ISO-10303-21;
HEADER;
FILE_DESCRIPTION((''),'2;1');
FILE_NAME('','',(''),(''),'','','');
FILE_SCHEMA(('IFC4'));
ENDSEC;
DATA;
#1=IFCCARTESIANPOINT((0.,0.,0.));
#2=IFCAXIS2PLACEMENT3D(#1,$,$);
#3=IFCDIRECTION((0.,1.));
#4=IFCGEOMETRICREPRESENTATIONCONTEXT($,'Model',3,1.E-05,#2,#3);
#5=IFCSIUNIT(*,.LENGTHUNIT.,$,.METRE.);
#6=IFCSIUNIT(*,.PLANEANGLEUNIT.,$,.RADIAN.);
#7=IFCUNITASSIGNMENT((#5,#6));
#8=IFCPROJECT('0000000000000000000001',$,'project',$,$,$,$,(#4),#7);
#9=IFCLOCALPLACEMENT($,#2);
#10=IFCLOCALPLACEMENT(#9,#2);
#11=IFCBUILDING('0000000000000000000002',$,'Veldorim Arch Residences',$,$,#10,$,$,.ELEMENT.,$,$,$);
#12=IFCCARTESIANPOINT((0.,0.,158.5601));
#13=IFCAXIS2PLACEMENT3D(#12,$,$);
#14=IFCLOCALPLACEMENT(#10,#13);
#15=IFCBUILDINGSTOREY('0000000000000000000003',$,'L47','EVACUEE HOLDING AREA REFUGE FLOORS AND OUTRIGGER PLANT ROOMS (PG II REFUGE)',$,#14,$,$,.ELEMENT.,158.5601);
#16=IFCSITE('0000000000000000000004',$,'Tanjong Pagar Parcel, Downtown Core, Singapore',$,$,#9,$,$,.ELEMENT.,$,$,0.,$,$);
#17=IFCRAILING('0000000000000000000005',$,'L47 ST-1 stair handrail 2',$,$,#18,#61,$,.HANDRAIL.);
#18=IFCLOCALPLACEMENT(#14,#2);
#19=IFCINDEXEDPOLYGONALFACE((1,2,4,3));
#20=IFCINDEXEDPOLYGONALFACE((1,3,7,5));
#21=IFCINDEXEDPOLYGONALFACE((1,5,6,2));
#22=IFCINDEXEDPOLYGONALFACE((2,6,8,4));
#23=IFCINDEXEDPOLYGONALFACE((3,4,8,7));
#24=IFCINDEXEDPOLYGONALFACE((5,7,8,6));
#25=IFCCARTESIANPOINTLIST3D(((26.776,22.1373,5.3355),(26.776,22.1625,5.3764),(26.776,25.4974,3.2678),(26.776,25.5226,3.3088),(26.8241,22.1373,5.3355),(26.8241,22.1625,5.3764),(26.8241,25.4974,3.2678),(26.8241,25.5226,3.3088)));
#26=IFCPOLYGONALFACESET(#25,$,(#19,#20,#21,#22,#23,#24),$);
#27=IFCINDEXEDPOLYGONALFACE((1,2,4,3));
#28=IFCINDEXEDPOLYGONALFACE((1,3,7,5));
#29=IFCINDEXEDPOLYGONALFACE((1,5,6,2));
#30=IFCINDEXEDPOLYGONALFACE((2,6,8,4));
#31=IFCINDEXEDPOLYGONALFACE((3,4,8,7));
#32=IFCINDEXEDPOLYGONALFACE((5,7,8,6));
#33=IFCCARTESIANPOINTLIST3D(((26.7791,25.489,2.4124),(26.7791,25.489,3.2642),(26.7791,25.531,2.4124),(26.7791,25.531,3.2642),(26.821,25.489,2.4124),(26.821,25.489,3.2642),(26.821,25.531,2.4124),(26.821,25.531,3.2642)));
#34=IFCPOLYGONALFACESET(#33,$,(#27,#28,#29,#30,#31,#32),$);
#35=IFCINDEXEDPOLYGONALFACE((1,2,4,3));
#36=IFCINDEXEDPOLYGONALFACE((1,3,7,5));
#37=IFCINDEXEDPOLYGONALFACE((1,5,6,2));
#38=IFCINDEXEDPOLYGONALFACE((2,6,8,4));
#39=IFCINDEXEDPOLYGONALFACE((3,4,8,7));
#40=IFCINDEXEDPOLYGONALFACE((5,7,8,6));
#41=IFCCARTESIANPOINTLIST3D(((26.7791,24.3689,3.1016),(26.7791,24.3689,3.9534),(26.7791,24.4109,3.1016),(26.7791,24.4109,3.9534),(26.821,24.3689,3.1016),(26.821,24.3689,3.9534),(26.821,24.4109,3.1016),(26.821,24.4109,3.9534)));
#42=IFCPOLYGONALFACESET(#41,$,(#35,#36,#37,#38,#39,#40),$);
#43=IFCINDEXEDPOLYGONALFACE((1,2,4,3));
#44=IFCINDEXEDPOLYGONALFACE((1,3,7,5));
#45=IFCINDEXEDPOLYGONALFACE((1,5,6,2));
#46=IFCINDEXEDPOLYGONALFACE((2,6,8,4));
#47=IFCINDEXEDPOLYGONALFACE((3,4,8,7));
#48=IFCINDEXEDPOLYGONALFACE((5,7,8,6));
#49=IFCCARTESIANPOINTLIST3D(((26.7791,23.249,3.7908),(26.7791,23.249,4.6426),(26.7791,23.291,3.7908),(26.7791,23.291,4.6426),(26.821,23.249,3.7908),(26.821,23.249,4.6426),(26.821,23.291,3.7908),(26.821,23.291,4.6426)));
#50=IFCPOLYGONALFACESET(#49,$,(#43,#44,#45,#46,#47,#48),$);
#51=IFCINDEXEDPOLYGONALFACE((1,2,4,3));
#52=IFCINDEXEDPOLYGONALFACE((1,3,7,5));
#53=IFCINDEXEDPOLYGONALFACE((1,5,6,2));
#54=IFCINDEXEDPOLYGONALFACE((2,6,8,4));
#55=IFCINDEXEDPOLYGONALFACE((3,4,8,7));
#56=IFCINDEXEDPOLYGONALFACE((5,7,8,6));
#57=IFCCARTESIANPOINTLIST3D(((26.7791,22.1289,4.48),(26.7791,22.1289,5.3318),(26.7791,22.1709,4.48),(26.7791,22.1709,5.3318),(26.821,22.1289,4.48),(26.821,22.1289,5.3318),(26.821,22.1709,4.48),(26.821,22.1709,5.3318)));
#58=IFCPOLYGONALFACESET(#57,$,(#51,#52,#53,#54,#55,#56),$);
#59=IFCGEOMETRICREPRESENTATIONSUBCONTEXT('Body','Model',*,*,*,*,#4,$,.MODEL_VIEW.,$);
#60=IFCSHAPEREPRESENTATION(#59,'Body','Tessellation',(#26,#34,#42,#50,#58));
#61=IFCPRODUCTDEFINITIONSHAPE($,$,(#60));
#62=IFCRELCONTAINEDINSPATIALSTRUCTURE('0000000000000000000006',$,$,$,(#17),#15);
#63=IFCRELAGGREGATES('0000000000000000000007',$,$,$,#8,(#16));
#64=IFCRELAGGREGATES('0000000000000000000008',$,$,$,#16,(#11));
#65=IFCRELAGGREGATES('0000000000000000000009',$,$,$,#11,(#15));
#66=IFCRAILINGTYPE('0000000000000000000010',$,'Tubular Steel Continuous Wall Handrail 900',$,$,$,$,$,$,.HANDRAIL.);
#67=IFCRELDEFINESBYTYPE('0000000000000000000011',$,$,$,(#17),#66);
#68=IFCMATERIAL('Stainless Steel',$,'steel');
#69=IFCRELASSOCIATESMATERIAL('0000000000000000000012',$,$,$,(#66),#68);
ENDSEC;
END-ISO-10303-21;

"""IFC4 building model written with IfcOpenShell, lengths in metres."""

from ifc_helpers import new_model, si_unit, direction, frame, origin, origin_2d, place, context, subcontext, project, spatial, rectangle, extrude, material, type_object, element, save


model = new_model("IFC4")

# Units and contexts
model_context = context("Model", 3, precision=1e-05, world=origin(), true_north=direction((0.0, 1.0)))
body_context = subcontext(model_context, "Body", "Model", "MODEL_VIEW")
ifc_project = project(units=[si_unit("LENGTHUNIT", "METRE"), si_unit("PLANEANGLEUNIT", "RADIAN")], contexts=[model_context])

# Site, building, storey
site_placement = place(None, origin())
site = spatial("IfcSite", under=ifc_project, at=site_placement, Name="Tanjong Pagar Parcel, Downtown Core, Singapore", CompositionType="ELEMENT", RefElevation=0.0)
building_placement = place(site_placement, origin())
building = spatial("IfcBuilding", under=site, at=building_placement, Name="Veldorim Arch Residences", CompositionType="ELEMENT")
storey_placement = place(building_placement, frame((0.0, 0.0, 158.5601)))
storey = spatial("IfcBuildingStorey", under=building, at=storey_placement, Name="L47", Description="EVACUEE HOLDING AREA REFUGE FLOORS AND OUTRIGGER PLANT ROOMS (PG II REFUGE)", CompositionType="ELEMENT", Elevation=158.5601)

# Railing
ifc_material_1 = material(Name="Stainless Steel", Category="steel")
railing_type_1 = type_object("IfcRailingType", Name="Tubular Steel Continuous Wall Handrail 900", PredefinedType="HANDRAIL", material=ifc_material_1)
railing_1_placement = place(storey_placement, frame((26.8, 25.51, 2.4124)))
element("IfcRailing", 1, at=railing_1_placement, inside=storey, type_object=railing_type_1, Name="L47 ST-1 stair handrail 2", PredefinedType="HANDRAIL", context=body_context, shape_type="SweptSolid", body=[
    extrude(rectangle(XDim=0.0481, YDim=0.0481, at=origin_2d()), frame((0.0, 0.0, 0.876), z_axis=(0.0, -0.851673, 0.524073), x_axis=(1.0, 0.0, 0.0)), (0.0, 0.0, 1.0), 3.9453),
    extrude(rectangle(XDim=0.042, YDim=0.042, at=origin_2d()), origin(), (0.0, 0.0, 1.0), 0.8518),
    extrude(rectangle(XDim=0.042, YDim=0.042, at=origin_2d()), frame((0.0, -1.1201, 0.6892)), (0.0, 0.0, 1.0), 0.8518),
    extrude(rectangle(XDim=0.042, YDim=0.042, at=origin_2d()), frame((0.0, -2.24, 1.3784)), (0.0, 0.0, 1.0), 0.8518),
    extrude(rectangle(XDim=0.042, YDim=0.042, at=origin_2d()), frame((0.0, -3.3601, 2.0676)), (0.0, 0.0, 1.0), 0.8518),
])

save(model, "model.ifc")
